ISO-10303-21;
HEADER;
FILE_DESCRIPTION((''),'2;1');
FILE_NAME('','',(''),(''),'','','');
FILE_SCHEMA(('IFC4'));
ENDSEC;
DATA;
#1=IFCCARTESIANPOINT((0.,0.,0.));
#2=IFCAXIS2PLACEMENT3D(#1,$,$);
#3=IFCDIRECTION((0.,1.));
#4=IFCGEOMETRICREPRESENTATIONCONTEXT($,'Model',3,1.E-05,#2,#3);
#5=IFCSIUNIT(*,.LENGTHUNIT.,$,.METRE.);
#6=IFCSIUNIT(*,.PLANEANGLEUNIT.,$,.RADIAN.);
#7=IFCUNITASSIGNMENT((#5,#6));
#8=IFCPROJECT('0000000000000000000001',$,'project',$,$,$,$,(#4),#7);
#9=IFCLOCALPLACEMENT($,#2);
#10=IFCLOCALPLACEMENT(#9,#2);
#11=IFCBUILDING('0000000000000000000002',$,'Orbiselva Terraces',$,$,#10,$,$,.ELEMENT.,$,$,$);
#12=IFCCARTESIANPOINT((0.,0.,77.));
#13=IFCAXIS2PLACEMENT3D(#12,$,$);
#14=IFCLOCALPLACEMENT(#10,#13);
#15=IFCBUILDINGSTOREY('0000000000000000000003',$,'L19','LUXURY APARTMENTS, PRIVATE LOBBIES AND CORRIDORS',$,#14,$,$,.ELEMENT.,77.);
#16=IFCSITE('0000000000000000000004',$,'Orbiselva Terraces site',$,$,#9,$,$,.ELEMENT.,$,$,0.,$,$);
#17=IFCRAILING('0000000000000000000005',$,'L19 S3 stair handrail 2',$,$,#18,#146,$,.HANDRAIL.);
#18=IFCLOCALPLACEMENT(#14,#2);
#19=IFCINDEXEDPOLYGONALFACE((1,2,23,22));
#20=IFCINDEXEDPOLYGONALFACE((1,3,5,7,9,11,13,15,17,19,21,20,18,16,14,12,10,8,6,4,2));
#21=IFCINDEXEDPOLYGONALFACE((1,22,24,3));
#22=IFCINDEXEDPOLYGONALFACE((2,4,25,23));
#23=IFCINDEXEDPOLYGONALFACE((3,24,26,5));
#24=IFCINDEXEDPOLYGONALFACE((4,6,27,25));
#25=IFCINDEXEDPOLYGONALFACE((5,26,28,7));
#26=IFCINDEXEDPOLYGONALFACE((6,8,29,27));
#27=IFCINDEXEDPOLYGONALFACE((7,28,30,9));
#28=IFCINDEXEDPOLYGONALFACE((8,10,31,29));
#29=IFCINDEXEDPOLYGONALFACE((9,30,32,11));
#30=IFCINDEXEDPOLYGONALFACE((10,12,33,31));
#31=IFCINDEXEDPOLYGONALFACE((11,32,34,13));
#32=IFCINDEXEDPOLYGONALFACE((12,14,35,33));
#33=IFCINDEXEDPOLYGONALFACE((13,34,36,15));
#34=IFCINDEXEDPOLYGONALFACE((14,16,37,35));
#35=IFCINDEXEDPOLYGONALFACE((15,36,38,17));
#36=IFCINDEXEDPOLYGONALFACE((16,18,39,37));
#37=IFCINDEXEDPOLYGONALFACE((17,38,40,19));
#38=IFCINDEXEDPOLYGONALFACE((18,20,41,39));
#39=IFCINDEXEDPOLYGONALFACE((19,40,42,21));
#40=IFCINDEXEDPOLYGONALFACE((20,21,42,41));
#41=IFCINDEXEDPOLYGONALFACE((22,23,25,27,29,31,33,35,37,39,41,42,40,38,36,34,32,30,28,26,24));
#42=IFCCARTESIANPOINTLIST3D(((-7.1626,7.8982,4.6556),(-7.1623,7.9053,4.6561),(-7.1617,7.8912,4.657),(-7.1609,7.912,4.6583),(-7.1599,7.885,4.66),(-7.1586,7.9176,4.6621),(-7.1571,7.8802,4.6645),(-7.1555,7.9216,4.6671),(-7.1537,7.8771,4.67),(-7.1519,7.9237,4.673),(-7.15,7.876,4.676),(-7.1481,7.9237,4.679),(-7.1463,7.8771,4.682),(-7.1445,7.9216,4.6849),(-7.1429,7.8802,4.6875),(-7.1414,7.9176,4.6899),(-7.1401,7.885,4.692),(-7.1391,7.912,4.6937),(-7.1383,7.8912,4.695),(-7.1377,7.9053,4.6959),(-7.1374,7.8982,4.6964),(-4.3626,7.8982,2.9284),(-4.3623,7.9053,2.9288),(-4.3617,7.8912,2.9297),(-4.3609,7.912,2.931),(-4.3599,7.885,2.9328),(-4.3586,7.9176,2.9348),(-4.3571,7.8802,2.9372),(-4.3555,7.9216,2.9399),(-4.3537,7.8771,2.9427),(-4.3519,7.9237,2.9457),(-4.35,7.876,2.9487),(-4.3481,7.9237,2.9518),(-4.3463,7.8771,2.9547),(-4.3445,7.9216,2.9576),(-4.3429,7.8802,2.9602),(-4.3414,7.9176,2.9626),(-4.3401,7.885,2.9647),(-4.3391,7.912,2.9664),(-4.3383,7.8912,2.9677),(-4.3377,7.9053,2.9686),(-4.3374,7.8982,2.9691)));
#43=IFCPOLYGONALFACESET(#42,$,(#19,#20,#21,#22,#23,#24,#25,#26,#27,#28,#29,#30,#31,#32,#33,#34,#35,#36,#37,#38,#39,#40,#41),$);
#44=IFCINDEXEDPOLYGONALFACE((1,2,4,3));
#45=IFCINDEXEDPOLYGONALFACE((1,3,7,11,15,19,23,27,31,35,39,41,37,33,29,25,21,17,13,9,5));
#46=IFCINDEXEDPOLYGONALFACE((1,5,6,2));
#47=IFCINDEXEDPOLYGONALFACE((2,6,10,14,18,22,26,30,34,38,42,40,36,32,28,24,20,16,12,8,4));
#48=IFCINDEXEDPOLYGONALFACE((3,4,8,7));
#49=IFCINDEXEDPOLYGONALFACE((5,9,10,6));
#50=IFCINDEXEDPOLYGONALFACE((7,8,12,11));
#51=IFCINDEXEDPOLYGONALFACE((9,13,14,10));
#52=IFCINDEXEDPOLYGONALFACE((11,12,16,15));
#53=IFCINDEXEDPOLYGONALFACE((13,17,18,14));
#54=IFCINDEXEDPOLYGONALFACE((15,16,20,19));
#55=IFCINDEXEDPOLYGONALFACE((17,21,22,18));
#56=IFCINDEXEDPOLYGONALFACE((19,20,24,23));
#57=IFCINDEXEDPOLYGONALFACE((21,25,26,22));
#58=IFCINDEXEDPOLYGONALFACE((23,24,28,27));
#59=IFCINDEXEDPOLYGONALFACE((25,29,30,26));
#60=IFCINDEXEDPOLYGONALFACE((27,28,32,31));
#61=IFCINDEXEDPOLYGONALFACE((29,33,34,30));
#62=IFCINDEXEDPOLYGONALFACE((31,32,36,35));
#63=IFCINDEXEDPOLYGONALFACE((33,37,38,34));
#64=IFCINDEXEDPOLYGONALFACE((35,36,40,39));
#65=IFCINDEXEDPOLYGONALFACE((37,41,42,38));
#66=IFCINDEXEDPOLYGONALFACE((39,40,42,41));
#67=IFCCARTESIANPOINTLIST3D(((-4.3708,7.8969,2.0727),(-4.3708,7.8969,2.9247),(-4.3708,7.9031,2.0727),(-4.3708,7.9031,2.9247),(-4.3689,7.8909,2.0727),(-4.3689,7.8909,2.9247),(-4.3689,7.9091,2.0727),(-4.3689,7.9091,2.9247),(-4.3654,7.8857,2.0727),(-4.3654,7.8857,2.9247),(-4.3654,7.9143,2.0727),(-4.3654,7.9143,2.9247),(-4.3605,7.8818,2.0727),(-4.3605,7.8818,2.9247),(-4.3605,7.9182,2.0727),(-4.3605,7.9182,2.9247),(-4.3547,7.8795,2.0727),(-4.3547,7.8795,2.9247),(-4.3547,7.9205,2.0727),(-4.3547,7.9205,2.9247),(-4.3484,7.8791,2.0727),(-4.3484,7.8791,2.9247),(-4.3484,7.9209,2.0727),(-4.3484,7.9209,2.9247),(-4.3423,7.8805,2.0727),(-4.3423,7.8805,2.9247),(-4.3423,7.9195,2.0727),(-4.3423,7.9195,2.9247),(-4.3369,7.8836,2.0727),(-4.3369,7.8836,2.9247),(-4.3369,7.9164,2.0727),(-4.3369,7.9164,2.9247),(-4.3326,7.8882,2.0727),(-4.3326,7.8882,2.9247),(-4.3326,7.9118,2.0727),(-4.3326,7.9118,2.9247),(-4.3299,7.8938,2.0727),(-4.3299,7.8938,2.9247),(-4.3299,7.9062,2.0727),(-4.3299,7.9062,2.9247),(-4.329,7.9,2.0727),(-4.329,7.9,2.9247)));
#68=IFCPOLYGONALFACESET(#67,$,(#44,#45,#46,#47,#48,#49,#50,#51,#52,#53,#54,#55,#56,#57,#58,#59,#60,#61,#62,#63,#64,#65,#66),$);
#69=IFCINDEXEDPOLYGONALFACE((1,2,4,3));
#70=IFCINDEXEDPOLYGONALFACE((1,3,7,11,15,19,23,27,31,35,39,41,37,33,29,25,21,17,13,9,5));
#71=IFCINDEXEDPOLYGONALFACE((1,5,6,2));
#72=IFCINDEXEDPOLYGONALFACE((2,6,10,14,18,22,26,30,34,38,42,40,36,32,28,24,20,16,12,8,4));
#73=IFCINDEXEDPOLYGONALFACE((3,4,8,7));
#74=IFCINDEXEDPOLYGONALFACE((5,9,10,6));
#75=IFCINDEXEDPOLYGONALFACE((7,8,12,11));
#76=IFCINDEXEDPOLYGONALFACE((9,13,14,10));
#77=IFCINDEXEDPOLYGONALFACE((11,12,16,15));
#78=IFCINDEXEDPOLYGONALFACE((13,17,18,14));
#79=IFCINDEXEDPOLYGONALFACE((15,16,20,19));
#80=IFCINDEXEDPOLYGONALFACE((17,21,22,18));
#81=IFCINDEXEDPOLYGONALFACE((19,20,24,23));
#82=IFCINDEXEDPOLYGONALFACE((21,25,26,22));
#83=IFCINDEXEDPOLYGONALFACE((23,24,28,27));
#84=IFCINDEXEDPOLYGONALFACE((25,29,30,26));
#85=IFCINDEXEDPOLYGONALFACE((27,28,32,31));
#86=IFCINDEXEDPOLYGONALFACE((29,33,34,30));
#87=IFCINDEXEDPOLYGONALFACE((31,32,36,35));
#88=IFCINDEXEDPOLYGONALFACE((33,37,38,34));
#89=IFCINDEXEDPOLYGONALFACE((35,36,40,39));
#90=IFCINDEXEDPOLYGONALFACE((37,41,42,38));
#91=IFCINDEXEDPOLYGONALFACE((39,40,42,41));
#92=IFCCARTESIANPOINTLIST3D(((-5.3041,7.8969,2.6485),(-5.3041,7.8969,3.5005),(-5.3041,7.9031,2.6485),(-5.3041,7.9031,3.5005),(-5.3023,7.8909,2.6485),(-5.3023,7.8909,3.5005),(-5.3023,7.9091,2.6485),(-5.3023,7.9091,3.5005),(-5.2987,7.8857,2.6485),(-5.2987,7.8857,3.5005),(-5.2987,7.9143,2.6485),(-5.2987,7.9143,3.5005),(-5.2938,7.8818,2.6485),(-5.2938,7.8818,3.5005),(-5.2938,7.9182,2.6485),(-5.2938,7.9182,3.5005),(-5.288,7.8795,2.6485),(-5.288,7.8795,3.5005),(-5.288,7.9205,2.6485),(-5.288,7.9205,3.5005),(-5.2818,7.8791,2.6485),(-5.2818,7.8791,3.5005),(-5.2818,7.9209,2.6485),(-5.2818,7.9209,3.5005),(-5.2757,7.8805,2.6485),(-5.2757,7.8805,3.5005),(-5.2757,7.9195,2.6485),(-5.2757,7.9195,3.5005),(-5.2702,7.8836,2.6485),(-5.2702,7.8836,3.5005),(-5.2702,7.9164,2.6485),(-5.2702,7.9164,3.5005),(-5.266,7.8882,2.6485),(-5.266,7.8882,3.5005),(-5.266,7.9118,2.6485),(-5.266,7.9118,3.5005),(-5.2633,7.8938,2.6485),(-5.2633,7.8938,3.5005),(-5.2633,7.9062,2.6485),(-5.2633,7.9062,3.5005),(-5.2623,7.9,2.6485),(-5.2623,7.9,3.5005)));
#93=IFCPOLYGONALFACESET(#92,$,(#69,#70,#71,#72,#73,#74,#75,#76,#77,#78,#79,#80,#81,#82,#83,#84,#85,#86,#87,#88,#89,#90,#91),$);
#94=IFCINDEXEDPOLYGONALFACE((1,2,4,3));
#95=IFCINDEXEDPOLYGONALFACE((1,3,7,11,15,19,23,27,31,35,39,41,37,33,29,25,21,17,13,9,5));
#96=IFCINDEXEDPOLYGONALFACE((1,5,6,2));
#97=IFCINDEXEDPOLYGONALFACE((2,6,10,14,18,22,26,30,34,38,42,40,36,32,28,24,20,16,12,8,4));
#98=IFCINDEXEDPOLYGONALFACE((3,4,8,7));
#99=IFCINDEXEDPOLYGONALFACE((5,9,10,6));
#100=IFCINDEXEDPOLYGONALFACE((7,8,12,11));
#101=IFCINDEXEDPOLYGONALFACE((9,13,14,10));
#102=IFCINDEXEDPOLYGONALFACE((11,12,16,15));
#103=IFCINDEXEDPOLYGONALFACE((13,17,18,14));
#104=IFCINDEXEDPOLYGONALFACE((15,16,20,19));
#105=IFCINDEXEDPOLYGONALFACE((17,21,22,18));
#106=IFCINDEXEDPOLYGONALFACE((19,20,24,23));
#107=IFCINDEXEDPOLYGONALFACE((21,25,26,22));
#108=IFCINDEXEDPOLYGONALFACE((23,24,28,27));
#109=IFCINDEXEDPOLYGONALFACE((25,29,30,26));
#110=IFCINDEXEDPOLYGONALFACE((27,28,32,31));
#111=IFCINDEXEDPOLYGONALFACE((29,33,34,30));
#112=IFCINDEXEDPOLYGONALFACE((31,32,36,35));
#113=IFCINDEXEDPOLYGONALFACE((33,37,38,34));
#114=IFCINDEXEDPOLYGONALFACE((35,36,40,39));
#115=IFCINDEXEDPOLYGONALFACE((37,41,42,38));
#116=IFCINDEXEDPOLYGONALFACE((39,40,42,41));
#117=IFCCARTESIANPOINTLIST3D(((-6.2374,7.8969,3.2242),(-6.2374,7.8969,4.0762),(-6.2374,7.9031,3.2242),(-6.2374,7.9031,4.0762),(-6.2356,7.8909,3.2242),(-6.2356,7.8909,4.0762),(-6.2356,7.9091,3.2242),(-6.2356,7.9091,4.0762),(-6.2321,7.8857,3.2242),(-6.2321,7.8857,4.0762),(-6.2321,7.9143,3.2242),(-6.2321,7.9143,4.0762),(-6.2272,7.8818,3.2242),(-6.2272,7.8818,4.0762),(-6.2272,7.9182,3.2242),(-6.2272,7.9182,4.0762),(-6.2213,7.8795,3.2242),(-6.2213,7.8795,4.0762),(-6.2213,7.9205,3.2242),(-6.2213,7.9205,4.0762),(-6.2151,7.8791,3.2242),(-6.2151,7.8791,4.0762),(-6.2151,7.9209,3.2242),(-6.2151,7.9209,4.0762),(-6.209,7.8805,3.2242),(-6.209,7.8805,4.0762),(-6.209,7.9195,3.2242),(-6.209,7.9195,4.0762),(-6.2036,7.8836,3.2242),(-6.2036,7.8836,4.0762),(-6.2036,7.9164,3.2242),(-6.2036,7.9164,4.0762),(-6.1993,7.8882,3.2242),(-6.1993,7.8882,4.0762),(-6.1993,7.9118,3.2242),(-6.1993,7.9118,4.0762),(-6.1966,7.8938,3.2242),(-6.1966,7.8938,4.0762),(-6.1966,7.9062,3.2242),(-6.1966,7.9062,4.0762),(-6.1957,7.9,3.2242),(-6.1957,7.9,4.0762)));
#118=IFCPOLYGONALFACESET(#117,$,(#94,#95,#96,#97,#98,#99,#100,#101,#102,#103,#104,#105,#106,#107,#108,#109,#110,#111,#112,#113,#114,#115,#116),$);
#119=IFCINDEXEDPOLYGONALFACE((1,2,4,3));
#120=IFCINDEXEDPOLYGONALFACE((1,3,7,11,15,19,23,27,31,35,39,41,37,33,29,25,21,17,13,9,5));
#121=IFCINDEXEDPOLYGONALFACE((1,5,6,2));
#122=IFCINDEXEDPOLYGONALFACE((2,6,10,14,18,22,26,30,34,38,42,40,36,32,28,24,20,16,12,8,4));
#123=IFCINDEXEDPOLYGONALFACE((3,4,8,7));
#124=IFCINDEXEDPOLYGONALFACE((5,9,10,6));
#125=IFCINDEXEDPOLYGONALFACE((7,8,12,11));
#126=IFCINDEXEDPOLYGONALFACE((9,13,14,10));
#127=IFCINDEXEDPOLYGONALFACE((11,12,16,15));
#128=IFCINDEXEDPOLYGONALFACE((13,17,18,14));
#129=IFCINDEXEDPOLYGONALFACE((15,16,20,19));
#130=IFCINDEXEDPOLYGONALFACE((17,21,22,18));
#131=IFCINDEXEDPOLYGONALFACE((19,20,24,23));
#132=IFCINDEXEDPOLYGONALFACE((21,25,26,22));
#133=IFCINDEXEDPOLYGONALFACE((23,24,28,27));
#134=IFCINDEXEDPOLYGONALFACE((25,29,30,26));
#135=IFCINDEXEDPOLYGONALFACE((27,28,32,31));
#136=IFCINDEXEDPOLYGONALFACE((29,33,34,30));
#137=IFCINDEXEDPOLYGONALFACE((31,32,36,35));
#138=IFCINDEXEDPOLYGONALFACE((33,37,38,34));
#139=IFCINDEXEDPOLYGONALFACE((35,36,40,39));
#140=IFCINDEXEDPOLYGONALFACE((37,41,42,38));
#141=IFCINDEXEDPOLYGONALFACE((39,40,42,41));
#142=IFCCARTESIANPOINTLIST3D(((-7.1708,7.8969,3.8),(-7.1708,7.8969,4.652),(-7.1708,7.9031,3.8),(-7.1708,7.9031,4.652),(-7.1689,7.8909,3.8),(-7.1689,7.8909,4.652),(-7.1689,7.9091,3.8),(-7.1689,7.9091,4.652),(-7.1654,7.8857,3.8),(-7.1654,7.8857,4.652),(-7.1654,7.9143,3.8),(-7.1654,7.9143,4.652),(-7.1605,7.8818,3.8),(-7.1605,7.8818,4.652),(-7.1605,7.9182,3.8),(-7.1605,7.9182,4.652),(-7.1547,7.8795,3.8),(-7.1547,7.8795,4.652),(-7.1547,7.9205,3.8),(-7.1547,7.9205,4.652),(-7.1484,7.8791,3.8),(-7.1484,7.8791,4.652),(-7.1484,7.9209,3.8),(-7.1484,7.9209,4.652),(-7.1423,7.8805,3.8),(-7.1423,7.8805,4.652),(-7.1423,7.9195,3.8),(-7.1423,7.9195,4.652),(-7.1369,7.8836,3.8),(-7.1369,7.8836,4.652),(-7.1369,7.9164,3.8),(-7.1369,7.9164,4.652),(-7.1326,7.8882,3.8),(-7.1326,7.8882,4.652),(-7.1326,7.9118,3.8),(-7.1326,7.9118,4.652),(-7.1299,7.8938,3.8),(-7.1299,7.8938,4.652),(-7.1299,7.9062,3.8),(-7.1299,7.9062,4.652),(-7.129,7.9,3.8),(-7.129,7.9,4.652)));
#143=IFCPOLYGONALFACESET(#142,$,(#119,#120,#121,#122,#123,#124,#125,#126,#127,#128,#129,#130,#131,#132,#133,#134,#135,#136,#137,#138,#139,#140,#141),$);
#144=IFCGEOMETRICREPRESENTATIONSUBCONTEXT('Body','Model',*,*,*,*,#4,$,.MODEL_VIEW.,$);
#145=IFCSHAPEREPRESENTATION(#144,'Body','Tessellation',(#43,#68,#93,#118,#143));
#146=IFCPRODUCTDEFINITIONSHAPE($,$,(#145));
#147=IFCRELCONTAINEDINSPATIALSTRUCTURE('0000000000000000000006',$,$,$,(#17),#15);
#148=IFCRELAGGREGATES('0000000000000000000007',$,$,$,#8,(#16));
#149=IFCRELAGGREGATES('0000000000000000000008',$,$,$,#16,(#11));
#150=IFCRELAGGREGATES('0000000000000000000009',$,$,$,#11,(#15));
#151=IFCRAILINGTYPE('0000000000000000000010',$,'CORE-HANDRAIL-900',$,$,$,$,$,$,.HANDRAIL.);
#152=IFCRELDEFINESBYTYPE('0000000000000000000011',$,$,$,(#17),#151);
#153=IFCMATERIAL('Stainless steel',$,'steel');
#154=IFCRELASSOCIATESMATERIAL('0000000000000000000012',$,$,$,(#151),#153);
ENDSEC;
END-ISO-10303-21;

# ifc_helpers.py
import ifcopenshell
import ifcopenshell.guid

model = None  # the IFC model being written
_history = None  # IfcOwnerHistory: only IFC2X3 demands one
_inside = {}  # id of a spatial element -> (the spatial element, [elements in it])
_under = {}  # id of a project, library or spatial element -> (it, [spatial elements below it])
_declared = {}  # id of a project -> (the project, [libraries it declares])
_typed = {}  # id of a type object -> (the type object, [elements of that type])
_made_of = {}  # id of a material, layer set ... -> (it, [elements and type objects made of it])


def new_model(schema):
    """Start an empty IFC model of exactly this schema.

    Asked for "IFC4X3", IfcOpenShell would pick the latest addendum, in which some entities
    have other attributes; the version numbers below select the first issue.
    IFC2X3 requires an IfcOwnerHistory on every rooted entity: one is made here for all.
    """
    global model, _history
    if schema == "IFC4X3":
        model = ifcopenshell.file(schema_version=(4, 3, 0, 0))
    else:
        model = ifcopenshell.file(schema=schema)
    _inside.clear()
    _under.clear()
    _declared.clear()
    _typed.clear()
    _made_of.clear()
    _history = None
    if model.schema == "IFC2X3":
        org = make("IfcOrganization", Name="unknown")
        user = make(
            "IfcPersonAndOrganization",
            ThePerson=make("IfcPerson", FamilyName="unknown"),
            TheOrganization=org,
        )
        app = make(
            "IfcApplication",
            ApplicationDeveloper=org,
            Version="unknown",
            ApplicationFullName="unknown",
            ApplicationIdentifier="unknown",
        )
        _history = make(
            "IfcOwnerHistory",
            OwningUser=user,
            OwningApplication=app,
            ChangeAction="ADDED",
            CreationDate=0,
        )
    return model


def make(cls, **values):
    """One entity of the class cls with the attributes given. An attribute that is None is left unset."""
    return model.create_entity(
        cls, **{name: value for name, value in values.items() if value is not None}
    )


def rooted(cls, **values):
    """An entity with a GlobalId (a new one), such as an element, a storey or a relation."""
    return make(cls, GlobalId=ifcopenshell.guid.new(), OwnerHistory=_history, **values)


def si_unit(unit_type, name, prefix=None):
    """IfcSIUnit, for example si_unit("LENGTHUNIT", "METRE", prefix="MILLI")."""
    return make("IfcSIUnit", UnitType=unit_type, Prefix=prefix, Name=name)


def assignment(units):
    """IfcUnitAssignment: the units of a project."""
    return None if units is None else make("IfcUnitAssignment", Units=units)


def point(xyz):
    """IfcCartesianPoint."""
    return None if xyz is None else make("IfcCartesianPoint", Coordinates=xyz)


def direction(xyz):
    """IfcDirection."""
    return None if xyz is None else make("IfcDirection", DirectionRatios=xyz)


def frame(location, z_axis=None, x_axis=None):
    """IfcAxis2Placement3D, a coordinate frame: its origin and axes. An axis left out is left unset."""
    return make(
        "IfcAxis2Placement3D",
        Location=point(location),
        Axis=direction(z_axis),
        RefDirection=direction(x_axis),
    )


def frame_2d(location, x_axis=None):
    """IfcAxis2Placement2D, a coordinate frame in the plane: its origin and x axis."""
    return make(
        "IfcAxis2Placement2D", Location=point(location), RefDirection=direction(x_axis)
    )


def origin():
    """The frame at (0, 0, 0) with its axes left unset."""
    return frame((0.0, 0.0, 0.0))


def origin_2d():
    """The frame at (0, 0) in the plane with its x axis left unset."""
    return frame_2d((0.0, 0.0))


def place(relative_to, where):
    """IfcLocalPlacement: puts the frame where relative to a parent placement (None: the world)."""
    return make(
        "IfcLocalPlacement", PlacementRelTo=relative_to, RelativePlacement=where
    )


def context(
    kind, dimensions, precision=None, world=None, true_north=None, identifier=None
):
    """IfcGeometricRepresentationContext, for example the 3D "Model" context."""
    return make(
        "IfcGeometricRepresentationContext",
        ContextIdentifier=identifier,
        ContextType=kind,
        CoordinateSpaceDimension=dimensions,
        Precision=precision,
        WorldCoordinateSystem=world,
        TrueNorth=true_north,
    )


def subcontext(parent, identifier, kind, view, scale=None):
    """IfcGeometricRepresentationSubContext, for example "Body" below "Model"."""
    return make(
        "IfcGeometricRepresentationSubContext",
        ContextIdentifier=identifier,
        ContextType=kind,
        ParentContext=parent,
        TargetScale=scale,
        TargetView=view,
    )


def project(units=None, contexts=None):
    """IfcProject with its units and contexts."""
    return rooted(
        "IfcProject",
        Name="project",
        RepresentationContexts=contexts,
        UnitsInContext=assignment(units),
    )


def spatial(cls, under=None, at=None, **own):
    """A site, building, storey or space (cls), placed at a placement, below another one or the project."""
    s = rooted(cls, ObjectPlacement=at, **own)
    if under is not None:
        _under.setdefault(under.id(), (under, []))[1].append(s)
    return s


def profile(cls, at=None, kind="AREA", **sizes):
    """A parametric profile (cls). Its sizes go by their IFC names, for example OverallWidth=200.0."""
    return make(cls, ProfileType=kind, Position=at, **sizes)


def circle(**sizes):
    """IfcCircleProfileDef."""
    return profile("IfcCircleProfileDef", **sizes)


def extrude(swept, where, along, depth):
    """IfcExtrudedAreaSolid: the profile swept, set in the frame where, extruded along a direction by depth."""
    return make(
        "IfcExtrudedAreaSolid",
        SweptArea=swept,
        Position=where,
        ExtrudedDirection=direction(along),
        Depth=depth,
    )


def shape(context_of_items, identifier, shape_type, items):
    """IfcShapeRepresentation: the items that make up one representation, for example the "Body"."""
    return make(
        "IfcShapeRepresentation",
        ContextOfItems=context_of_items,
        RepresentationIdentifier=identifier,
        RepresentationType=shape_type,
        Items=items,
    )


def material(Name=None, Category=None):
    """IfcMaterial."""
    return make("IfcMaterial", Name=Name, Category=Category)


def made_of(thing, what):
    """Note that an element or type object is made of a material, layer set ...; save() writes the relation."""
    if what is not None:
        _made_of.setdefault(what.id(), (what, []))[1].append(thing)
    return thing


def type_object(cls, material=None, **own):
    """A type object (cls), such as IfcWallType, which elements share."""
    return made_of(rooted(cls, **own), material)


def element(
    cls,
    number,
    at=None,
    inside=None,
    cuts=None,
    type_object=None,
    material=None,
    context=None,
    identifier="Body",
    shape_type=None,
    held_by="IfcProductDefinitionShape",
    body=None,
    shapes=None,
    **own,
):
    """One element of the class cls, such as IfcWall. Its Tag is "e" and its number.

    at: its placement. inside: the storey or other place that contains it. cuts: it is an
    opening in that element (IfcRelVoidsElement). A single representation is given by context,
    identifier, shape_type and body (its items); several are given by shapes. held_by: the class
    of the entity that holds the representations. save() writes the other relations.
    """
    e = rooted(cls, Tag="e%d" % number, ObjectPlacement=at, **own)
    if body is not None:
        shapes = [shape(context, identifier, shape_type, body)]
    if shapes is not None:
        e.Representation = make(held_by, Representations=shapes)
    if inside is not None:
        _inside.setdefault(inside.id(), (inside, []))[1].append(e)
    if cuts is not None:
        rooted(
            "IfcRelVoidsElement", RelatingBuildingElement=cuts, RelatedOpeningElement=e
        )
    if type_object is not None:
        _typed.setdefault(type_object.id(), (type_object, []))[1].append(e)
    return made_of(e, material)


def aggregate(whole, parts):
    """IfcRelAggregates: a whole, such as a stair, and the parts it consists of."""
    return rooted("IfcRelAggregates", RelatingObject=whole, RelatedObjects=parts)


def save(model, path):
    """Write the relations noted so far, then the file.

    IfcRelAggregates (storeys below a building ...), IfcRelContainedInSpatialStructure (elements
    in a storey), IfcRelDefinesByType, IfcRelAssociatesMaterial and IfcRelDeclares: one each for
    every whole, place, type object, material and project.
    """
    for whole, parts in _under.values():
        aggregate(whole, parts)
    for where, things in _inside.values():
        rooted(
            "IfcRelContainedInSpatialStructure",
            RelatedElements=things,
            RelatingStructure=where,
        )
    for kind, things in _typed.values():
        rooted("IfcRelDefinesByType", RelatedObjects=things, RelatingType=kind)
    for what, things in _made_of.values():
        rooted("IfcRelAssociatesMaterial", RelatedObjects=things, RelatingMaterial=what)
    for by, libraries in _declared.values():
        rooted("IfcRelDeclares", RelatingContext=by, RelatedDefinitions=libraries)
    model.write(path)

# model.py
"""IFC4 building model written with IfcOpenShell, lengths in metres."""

from ifc_helpers import new_model, si_unit, direction, frame, origin, origin_2d, place, context, subcontext, project, spatial, circle, extrude, material, type_object, element, save


model = new_model("IFC4")

# Units and contexts
model_context = context("Model", 3, precision=1e-05, world=origin(), true_north=direction((0.0, 1.0)))
body_context = subcontext(model_context, "Body", "Model", "MODEL_VIEW")
ifc_project = project(units=[si_unit("LENGTHUNIT", "METRE"), si_unit("PLANEANGLEUNIT", "RADIAN")], contexts=[model_context])

# Site, building, storey
site_placement = place(None, origin())
site = spatial("IfcSite", under=ifc_project, at=site_placement, Name="Orbiselva Terraces site", CompositionType="ELEMENT", RefElevation=0.0)
building_placement = place(site_placement, origin())
building = spatial("IfcBuilding", under=site, at=building_placement, Name="Orbiselva Terraces", CompositionType="ELEMENT")
storey_placement = place(building_placement, frame((0.0, 0.0, 77.0)))
storey = spatial("IfcBuildingStorey", under=building, at=storey_placement, Name="L19", Description="LUXURY APARTMENTS, PRIVATE LOBBIES AND CORRIDORS", CompositionType="ELEMENT", Elevation=77.0)

# Railing
ifc_material_1 = material(Name="Stainless steel", Category="steel")
railing_type_1 = type_object("IfcRailingType", Name="CORE-HANDRAIL-900", PredefinedType="HANDRAIL", material=ifc_material_1)
railing_1_placement = place(storey_placement, frame((-4.35, 7.9, 2.0727)))
element("IfcRailing", 1, at=railing_1_placement, inside=storey, type_object=railing_type_1, Name="L19 S3 stair handrail 2", PredefinedType="HANDRAIL", context=body_context, shape_type="SweptSolid", body=[
    extrude(circle(Radius=0.024, at=origin_2d()), frame((0.0, 0.0, 0.876), z_axis=(-0.851089, 0.0, 0.525022), x_axis=(0.0, -1.0, 0.0)), (0.0, 0.0, 1.0), 3.2899),
    extrude(circle(Radius=0.021, at=origin_2d()), origin(), (0.0, 0.0, 1.0), 0.852),
    extrude(circle(Radius=0.021, at=origin_2d()), frame((-0.9333, 0.0, 0.5758)), (0.0, 0.0, 1.0), 0.852),
    extrude(circle(Radius=0.021, at=origin_2d()), frame((-1.8667, 0.0, 1.1515)), (0.0, 0.0, 1.0), 0.852),
    extrude(circle(Radius=0.021, at=origin_2d()), frame((-2.8, 0.0, 1.7273)), (0.0, 0.0, 1.0), 0.852),
])

save(model, "model.ifc")
